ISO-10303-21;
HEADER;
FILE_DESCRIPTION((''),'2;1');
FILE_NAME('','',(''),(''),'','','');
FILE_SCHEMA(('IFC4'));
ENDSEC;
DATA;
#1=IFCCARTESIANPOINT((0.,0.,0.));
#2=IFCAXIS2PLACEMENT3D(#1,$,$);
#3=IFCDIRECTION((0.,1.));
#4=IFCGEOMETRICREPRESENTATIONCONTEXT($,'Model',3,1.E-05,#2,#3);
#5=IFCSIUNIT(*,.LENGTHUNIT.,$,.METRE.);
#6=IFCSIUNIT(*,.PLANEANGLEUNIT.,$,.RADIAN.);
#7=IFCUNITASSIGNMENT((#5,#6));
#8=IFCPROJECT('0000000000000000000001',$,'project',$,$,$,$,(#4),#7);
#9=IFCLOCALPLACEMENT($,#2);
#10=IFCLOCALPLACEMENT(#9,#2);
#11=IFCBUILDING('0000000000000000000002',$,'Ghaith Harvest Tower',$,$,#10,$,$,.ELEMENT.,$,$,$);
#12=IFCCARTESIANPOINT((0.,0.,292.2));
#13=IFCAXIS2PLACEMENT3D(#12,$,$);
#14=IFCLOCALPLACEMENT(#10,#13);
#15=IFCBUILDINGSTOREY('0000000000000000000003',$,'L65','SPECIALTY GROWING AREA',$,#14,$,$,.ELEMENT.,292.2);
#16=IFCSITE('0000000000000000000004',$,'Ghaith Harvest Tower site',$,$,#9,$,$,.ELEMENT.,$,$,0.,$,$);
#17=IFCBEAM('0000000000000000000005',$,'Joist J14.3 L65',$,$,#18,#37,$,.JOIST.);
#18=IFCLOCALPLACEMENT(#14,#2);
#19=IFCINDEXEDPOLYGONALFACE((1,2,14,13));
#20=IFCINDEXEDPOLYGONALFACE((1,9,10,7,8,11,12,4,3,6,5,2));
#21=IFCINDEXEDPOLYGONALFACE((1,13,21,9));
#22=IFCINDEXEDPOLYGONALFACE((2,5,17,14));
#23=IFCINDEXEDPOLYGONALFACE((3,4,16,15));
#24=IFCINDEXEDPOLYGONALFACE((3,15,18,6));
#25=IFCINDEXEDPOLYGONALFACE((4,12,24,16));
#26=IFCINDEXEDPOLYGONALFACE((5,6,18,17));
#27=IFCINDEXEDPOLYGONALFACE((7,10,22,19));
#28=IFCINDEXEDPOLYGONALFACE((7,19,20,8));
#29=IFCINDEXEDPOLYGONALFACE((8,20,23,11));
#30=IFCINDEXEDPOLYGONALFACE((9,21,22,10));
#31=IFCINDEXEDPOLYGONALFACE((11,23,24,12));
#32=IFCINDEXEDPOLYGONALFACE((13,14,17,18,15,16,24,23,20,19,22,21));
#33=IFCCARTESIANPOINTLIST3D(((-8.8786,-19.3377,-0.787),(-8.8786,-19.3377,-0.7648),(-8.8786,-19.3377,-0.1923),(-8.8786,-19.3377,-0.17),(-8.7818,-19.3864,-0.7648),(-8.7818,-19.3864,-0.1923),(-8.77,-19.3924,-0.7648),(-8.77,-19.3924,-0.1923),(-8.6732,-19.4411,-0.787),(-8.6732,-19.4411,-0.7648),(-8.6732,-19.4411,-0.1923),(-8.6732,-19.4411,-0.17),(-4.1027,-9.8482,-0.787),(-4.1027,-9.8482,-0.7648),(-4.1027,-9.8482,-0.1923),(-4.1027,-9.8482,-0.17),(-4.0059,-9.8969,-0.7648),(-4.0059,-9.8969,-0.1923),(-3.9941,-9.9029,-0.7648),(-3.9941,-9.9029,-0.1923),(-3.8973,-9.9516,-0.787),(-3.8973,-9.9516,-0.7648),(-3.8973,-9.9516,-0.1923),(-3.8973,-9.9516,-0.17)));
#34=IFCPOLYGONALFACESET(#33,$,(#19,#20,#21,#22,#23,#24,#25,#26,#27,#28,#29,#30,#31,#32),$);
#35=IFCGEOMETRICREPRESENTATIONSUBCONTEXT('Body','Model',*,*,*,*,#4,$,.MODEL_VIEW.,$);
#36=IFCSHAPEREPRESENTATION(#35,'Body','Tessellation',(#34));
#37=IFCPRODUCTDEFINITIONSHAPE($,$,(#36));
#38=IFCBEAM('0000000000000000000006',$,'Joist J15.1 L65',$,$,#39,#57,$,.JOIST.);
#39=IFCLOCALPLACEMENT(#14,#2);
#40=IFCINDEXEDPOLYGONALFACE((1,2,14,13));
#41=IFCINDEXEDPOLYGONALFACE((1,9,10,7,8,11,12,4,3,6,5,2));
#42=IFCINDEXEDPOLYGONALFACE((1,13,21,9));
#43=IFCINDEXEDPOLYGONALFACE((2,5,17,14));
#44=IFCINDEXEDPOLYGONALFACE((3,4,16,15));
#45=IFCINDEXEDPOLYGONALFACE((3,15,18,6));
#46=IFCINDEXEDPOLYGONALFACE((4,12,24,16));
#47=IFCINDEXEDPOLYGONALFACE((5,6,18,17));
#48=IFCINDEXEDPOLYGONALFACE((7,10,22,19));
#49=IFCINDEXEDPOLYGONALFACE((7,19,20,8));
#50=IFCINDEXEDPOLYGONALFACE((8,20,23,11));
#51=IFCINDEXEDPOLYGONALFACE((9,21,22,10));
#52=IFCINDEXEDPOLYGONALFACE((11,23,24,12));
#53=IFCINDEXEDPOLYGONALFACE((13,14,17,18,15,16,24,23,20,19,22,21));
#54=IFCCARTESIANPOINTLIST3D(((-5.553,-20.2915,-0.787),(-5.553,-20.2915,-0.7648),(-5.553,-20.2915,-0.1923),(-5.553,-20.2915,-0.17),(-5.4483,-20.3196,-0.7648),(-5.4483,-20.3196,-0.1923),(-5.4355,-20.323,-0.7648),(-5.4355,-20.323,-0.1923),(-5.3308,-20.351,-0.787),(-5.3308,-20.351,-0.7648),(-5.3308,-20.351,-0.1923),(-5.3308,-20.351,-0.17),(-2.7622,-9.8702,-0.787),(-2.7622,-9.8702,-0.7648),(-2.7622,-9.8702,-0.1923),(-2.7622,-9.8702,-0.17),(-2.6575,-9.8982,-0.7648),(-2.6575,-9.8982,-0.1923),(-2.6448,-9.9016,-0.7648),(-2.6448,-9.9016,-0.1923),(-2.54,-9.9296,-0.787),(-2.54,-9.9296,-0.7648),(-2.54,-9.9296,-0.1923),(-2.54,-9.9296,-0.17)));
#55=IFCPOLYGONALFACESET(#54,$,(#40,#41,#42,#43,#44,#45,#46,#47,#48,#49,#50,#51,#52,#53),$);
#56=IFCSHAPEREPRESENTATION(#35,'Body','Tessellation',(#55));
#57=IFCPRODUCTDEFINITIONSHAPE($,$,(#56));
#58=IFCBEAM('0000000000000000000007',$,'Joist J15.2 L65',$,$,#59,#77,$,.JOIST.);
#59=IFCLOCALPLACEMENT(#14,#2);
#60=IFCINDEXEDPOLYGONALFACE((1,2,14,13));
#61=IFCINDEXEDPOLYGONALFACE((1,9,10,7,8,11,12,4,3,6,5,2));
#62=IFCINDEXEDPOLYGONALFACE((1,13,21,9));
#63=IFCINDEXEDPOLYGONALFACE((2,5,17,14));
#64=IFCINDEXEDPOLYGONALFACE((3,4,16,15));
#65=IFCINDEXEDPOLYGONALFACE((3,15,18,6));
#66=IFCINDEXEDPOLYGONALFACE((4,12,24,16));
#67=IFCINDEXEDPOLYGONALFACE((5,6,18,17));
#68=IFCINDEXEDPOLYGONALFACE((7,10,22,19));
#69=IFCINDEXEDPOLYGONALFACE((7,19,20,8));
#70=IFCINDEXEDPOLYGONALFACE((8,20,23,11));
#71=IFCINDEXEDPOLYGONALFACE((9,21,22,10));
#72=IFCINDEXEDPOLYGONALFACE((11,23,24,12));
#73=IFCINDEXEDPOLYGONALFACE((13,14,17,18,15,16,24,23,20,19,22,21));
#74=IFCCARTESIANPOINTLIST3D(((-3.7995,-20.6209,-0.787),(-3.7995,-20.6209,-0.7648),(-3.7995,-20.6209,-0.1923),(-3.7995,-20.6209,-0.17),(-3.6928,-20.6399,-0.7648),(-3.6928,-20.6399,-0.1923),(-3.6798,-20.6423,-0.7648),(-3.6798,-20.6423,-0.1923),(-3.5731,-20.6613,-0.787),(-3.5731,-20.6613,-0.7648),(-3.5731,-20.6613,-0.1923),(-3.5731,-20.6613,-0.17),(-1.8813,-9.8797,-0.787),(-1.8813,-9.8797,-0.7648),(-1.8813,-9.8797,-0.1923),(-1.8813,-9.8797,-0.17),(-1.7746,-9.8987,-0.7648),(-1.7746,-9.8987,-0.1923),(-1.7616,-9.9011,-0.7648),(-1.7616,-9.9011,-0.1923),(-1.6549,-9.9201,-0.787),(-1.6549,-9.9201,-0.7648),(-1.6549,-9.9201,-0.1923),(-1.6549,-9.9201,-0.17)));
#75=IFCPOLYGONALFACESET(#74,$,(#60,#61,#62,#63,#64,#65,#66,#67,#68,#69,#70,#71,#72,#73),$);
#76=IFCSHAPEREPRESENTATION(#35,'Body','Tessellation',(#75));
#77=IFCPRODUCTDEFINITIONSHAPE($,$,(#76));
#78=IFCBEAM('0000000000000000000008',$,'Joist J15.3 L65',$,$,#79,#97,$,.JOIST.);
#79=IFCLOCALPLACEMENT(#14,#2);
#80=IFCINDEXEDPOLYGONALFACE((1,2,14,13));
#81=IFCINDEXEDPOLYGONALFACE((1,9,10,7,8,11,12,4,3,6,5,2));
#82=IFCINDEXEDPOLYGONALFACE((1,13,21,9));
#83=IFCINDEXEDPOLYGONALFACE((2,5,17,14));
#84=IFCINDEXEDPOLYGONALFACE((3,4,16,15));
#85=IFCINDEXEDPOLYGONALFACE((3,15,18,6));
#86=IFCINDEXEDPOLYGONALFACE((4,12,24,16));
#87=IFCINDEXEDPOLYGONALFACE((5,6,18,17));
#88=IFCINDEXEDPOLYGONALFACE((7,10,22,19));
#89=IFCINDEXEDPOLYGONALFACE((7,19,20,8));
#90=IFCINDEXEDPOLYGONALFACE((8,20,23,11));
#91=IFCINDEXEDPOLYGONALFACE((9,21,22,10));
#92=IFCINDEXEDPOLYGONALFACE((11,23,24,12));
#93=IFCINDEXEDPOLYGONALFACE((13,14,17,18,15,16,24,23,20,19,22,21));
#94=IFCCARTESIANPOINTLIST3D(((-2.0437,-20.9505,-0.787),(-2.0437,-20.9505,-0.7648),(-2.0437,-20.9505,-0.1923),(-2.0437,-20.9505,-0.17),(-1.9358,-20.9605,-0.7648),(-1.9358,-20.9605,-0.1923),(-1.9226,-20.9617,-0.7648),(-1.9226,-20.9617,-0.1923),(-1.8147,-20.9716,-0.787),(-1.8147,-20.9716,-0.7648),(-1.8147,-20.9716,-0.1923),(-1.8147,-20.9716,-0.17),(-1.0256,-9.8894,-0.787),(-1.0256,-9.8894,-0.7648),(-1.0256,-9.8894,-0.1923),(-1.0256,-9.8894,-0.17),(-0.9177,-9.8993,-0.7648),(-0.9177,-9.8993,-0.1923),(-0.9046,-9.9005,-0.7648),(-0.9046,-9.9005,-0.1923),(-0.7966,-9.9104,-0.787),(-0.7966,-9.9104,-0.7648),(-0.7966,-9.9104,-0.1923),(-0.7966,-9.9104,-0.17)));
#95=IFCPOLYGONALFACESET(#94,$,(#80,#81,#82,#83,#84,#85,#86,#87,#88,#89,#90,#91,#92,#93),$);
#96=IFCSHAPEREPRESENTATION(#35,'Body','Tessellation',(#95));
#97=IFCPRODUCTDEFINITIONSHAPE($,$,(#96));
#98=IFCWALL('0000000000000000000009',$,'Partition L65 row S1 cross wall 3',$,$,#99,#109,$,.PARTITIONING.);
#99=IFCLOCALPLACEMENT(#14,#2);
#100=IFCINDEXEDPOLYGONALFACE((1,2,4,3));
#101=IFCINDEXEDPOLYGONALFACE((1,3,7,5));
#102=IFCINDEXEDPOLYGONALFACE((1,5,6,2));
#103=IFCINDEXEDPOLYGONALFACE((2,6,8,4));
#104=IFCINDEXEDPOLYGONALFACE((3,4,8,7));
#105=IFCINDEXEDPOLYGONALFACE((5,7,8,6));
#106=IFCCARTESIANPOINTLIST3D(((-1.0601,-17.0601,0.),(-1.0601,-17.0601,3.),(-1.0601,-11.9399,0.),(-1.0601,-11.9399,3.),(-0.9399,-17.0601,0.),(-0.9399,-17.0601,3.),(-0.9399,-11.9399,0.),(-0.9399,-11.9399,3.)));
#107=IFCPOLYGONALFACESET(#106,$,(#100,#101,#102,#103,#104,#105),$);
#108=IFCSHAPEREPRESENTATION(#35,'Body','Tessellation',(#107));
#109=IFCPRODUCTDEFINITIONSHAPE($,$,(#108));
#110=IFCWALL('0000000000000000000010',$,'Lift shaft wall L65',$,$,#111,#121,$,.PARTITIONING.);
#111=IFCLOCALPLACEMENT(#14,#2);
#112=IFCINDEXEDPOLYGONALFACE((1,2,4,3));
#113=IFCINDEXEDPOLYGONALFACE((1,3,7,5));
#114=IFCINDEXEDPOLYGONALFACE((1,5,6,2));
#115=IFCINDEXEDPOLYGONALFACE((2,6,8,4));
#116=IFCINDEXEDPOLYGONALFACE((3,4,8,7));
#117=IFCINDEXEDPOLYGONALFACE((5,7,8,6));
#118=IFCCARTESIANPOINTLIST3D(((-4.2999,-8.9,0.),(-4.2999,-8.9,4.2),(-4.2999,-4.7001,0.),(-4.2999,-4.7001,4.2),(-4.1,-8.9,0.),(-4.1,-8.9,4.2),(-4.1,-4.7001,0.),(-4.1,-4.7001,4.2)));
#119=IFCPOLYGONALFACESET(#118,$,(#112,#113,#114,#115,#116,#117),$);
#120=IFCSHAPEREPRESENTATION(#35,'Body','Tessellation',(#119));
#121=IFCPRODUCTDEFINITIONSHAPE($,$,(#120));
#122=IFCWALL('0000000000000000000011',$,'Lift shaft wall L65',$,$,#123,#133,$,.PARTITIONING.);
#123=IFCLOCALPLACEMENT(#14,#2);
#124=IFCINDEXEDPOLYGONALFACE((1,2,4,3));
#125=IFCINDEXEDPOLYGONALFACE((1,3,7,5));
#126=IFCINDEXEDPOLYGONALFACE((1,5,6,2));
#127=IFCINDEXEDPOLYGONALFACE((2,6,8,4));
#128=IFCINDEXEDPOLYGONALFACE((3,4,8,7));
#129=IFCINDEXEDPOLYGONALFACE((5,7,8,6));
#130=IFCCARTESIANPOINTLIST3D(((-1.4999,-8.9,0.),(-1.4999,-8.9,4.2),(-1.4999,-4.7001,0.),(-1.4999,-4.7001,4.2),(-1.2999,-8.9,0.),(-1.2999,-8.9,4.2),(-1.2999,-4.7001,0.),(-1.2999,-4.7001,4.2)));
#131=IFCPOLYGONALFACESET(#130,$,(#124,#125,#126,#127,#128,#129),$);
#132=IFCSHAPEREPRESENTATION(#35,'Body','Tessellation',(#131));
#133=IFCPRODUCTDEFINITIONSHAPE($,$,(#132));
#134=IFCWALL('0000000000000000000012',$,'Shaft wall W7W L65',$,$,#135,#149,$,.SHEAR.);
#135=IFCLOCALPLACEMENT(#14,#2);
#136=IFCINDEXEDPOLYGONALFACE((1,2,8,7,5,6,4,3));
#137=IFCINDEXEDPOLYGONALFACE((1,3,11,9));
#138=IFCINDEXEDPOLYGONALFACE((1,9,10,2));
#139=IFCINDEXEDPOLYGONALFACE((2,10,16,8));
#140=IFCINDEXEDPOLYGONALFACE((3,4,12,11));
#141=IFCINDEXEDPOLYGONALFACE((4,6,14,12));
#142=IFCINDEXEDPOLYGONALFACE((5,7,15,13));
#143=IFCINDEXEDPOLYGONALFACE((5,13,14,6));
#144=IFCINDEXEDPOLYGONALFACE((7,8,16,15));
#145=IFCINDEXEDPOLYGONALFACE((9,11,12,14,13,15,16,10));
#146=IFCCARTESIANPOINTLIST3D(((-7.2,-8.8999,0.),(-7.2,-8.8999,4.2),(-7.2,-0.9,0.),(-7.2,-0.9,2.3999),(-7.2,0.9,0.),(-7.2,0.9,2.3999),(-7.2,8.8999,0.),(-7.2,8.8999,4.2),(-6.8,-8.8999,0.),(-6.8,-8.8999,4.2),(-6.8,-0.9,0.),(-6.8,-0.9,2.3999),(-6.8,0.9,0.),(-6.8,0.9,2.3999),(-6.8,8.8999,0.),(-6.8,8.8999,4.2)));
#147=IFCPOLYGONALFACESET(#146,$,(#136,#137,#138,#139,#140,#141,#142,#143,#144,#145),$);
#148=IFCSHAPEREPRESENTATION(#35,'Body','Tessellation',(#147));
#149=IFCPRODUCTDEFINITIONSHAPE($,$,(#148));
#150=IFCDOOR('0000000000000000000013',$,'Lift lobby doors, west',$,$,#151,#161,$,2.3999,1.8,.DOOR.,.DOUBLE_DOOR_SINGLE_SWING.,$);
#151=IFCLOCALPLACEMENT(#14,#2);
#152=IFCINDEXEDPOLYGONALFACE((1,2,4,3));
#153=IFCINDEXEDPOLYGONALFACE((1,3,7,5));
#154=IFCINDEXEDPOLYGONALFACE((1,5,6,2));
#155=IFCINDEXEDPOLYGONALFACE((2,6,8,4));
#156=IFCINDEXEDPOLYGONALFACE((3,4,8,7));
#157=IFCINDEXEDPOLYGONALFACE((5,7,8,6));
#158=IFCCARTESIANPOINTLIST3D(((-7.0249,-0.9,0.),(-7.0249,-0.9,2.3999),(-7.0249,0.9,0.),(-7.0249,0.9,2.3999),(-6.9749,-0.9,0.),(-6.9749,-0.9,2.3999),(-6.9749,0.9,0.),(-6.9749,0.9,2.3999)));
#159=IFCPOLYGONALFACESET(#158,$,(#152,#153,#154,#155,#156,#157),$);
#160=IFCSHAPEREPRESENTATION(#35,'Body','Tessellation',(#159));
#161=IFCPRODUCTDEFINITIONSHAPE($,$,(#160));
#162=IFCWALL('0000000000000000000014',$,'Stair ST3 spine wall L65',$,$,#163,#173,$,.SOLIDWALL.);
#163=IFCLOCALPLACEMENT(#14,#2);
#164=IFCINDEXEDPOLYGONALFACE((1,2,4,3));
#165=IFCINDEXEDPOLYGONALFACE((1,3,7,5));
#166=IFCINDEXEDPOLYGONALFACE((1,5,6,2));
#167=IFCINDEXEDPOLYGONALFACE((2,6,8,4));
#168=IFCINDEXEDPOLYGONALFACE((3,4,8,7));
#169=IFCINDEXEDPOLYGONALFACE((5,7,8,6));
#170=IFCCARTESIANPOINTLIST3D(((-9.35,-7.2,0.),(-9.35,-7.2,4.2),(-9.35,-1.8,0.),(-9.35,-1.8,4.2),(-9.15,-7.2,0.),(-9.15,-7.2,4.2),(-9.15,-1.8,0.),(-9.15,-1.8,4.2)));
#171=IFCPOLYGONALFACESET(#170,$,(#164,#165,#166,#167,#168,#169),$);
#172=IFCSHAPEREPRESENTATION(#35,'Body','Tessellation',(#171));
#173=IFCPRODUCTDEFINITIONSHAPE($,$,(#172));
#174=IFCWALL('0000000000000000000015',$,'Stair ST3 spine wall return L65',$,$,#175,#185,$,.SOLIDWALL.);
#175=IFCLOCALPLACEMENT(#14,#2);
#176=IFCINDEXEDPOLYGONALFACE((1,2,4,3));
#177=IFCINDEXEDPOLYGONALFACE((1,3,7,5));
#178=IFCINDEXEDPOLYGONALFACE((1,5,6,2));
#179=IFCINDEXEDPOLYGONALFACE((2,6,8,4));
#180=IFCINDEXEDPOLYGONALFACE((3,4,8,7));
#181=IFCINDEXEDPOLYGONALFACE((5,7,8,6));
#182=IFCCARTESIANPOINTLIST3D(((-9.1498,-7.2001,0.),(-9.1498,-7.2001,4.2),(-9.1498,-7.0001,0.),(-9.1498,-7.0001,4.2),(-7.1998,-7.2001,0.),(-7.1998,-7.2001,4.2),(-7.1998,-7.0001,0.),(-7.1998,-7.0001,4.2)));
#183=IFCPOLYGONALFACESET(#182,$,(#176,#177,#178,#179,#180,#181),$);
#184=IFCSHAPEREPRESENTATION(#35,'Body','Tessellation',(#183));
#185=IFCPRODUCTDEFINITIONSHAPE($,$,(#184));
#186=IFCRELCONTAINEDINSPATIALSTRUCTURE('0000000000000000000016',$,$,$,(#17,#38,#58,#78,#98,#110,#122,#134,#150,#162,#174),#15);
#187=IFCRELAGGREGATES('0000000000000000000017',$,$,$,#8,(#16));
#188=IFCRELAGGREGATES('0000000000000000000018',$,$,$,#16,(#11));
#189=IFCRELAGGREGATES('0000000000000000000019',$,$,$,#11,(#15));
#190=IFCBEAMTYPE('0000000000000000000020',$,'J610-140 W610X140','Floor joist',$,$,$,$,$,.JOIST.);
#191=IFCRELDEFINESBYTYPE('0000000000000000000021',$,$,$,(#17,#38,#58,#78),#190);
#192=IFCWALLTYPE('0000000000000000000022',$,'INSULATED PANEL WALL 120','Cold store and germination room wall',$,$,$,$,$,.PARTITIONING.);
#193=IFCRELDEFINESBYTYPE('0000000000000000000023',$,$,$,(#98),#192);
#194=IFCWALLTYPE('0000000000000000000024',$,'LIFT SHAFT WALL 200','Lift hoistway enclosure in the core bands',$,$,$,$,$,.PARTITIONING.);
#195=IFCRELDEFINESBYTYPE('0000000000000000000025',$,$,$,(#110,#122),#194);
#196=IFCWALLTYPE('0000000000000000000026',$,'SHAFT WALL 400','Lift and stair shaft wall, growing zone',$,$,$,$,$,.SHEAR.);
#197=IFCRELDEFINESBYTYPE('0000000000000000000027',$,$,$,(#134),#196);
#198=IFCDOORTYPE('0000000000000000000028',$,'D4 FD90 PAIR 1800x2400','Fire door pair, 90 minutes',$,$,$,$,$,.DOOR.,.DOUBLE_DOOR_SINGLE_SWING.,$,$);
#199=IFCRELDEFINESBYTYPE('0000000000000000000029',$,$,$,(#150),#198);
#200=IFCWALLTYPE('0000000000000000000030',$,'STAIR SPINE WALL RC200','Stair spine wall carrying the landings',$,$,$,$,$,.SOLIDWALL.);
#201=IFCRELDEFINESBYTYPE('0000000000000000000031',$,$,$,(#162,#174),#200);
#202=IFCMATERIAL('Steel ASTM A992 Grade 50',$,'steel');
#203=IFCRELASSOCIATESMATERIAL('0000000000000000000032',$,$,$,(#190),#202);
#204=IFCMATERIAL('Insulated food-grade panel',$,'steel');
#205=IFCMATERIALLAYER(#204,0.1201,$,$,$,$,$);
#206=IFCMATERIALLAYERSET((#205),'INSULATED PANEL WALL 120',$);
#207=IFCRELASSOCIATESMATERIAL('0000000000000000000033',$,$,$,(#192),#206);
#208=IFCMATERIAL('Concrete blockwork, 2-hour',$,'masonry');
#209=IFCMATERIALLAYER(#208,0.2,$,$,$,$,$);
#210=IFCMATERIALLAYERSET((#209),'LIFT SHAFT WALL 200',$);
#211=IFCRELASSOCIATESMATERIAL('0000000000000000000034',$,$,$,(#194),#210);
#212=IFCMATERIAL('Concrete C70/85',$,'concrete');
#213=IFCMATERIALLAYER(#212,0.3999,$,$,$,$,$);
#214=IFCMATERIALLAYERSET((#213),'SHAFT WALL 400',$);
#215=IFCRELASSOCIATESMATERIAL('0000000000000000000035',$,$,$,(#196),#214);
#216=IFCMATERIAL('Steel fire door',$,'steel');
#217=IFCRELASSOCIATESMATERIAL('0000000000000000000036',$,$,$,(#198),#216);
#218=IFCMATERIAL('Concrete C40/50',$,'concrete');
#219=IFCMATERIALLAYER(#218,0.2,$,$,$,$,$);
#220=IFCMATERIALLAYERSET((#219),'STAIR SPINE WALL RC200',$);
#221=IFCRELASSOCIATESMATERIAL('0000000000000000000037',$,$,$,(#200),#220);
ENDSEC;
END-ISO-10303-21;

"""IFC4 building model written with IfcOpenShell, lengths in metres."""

from ifc_helpers import new_model, si_unit, direction, frame, frame_2d, origin, origin_2d, place, context, subcontext, project, spatial, rectangle, i_section, extrude, material, layer, layer_set, material_profile, profile_set, type_object, element, fill, save


model = new_model("IFC4")

# Units and contexts
model_context = context("Model", 3, precision=1e-05, world=origin(), true_north=direction((0.0, 1.0)))
body_context = subcontext(model_context, "Body", "Model", "MODEL_VIEW")
ifc_project = project(units=[si_unit("LENGTHUNIT", "METRE"), si_unit("PLANEANGLEUNIT", "RADIAN")], contexts=[model_context])

# Site, building, storey
site_placement = place(None, origin())
site = spatial("IfcSite", under=ifc_project, at=site_placement, Name="Ghaith Harvest Tower site", CompositionType="ELEMENT", RefElevation=0.0)
building_placement = place(site_placement, origin())
building = spatial("IfcBuilding", under=site, at=building_placement, Name="Ghaith Harvest Tower", CompositionType="ELEMENT")
storey_placement = place(building_placement, frame((0.0, 0.0, 292.2)))
storey = spatial("IfcBuildingStorey", under=building, at=storey_placement, Name="L65", Description="SPECIALTY GROWING AREA", CompositionType="ELEMENT", Elevation=292.2)

# Beams
ifc_material_1 = material(Name="Steel ASTM A992 Grade 50", Category="steel")
ifc_material_profile_1 = material_profile(ifc_material_1, i_section(OverallWidth=0.23, OverallDepth=0.6169, WebThickness=0.0132, FlangeThickness=0.0222, at=origin_2d()), Name="W610X140")
ifc_profile_set_1 = profile_set([ifc_material_profile_1], Name="Steel ASTM A992 Grade 50")
beam_type_1 = type_object("IfcBeamType", Name="J610-140 W610X140", Description="Floor joist", PredefinedType="JOIST", material=ifc_profile_set_1)
beam_1_placement = place(storey_placement, frame((-4.0, -9.8999, -0.4785), z_axis=(-0.449556, -0.893252, 0.0), x_axis=(0.893252, -0.449556, 0.0)))
element("IfcBeam", 1, at=beam_1_placement, inside=storey, type_object=beam_type_1, Name="Joist J14.3 L65", PredefinedType="JOIST", context=body_context, shape_type="SweptSolid", body=[
    extrude(i_section(OverallWidth=0.23, OverallDepth=0.6169, WebThickness=0.0132, FlangeThickness=0.0222, at=origin_2d()), origin(), (0.0, 0.0, 1.0), 10.6235),
])
beam_2_placement = place(storey_placement, frame((-2.6511, -9.8999, -0.4785), z_axis=(-0.258678, -0.965964, 0.0), x_axis=(0.965964, -0.258678, 0.0)))
element("IfcBeam", 2, at=beam_2_placement, inside=storey, type_object=beam_type_1, Name="Joist J15.1 L65", PredefinedType="JOIST", context=body_context, shape_type="SweptSolid", body=[
    extrude(i_section(OverallWidth=0.23, OverallDepth=0.6169, WebThickness=0.0132, FlangeThickness=0.0222, at=origin_2d()), origin(), (0.0, 0.0, 1.0), 10.7886),
])
beam_3_placement = place(storey_placement, frame((-1.7681, -9.8999, -0.4785), z_axis=(-0.175803, -0.984425, 0.0), x_axis=(0.984425, -0.175803, 0.0)))
element("IfcBeam", 3, at=beam_3_placement, inside=storey, type_object=beam_type_1, Name="Joist J15.2 L65", PredefinedType="JOIST", context=body_context, shape_type="SweptSolid", body=[
    extrude(i_section(OverallWidth=0.23, OverallDepth=0.6169, WebThickness=0.0132, FlangeThickness=0.0222, at=origin_2d()), origin(), (0.0, 0.0, 1.0), 10.9111),
])
beam_4_placement = place(storey_placement, frame((-0.9111, -9.8999, -0.4785), z_axis=(-0.091651, -0.995791, 0.0), x_axis=(0.995791, -0.091651, 0.0)))
element("IfcBeam", 4, at=beam_4_placement, inside=storey, type_object=beam_type_1, Name="Joist J15.3 L65", PredefinedType="JOIST", context=body_context, shape_type="SweptSolid", body=[
    extrude(i_section(OverallWidth=0.23, OverallDepth=0.6169, WebThickness=0.0132, FlangeThickness=0.0222, at=origin_2d()), origin(), (0.0, 0.0, 1.0), 11.1079),
])

# Walls
ifc_material_2 = material(Name="Insulated food-grade panel", Category="steel")
ifc_layer_1 = layer(ifc_material_2, 0.1201)
ifc_layer_set_1 = layer_set([ifc_layer_1], Name="INSULATED PANEL WALL 120")
wall_type_1 = type_object("IfcWallType", Name="INSULATED PANEL WALL 120", Description="Cold store and germination room wall", PredefinedType="PARTITIONING", material=ifc_layer_set_1)
wall_1_placement = place(storey_placement, frame((-1.0, -11.9399, 0.0), z_axis=(0.0, 0.0, 1.0), x_axis=(0.0, -1.0, 0.0)))
element("IfcWall", 5, at=wall_1_placement, inside=storey, type_object=wall_type_1, Name="Partition L65 row S1 cross wall 3", PredefinedType="PARTITIONING", context=body_context, shape_type="SweptSolid", body=[
    extrude(rectangle(XDim=5.1201, YDim=0.1201, at=frame_2d((2.5601, 0.0))), origin(), (0.0, 0.0, 1.0), 3.0),
])
ifc_material_3 = material(Name="Concrete blockwork, 2-hour", Category="masonry")
ifc_layer_2 = layer(ifc_material_3, 0.2)
ifc_layer_set_2 = layer_set([ifc_layer_2], Name="LIFT SHAFT WALL 200")
wall_type_2 = type_object("IfcWallType", Name="LIFT SHAFT WALL 200", Description="Lift hoistway enclosure in the core bands", PredefinedType="PARTITIONING", material=ifc_layer_set_2)
for number, where, z_axis, x_axis, name in (
    (6, (-4.2, -4.7, 0.0), (0.0, 0.0, 1.0), (0.0, -1.0, 0.0), "Lift shaft wall L65"),
    (7, (-1.3999, -4.7, 0.0), (0.0, 0.0, 1.0), (0.0, -1.0, 0.0), "Lift shaft wall L65"),
):
    element("IfcWall", number, at=place(storey_placement, frame(where, z_axis=z_axis, x_axis=x_axis)), inside=storey, type_object=wall_type_2, Name=name, PredefinedType="PARTITIONING", context=body_context, shape_type="SweptSolid", body=[
        extrude(rectangle(XDim=4.2, YDim=0.2, at=frame_2d((2.1001, 0.0))), origin(), (0.0, 0.0, 1.0), 4.2),
    ])

# Wall, opening, door
ifc_material_4 = material(Name="Concrete C70/85", Category="concrete")
ifc_layer_3 = layer(ifc_material_4, 0.3999)
ifc_layer_set_3 = layer_set([ifc_layer_3], Name="SHAFT WALL 400")
wall_type_3 = type_object("IfcWallType", Name="SHAFT WALL 400", Description="Lift and stair shaft wall, growing zone", PredefinedType="SHEAR", material=ifc_layer_set_3)
wall_2_placement = place(storey_placement, frame((-7.0, -8.8999, 0.0), z_axis=(0.0, 0.0, 1.0), x_axis=(0.0, 1.0, 0.0)))
wall_2 = element("IfcWall", 8, at=wall_2_placement, inside=storey, type_object=wall_type_3, Name="Shaft wall W7W L65", PredefinedType="SHEAR", context=body_context, shape_type="SweptSolid", body=[
    extrude(rectangle(XDim=17.7998, YDim=0.3999, at=frame_2d((8.8999, 0.0))), origin(), (0.0, 0.0, 1.0), 4.2),
])
opening_1_placement = place(wall_2_placement, frame((8.0, 0.0, 0.0)))
opening_1 = element("IfcOpeningElement", 9, at=opening_1_placement, cuts=wall_2, PredefinedType="OPENING", context=body_context, shape_type="SweptSolid", body=[
    extrude(rectangle(XDim=1.8, YDim=2.3999, at=frame_2d((0.8999, 1.2))), frame((0.0, 0.21, 0.0), z_axis=(0.0, -1.0, 0.0), x_axis=(1.0, 0.0, 0.0)), (0.0, 0.0, 1.0), 0.4199),
])
ifc_material_5 = material(Name="Steel fire door", Category="steel")
door_type_1 = type_object("IfcDoorType", Name="D4 FD90 PAIR 1800x2400", Description="Fire door pair, 90 minutes", OperationType="DOUBLE_DOOR_SINGLE_SWING", PredefinedType="DOOR", material=ifc_material_5)
door_1_placement = place(opening_1_placement, origin())
door_1 = element("IfcDoor", 10, at=door_1_placement, inside=storey, type_object=door_type_1, Name="Lift lobby doors, west", OperationType="DOUBLE_DOOR_SINGLE_SWING", OverallHeight=2.3999, OverallWidth=1.8, PredefinedType="DOOR", context=body_context, shape_type="SweptSolid", body=[
    extrude(rectangle(XDim=1.8, YDim=2.3999, at=frame_2d((0.8999, 1.2))), frame((0.0, 0.0249, 0.0), z_axis=(0.0, -1.0, 0.0), x_axis=(1.0, 0.0, 0.0)), (0.0, 0.0, 1.0), 0.05),
])
fill(opening_1, door_1)

# Walls
ifc_material_6 = material(Name="Concrete C40/50", Category="concrete")
ifc_layer_4 = layer(ifc_material_6, 0.2)
ifc_layer_set_4 = layer_set([ifc_layer_4], Name="STAIR SPINE WALL RC200")
wall_type_4 = type_object("IfcWallType", Name="STAIR SPINE WALL RC200", Description="Stair spine wall carrying the landings", PredefinedType="SOLIDWALL", material=ifc_layer_set_4)
wall_3_placement = place(storey_placement, frame((-9.25, -7.2, 0.0), z_axis=(0.0, 0.0, 1.0), x_axis=(0.0, 1.0, 0.0)))
element("IfcWall", 11, at=wall_3_placement, inside=storey, type_object=wall_type_4, Name="Stair ST3 spine wall L65", PredefinedType="SOLIDWALL", context=body_context, shape_type="SweptSolid", body=[
    extrude(rectangle(XDim=5.3999, YDim=0.2, at=frame_2d((2.7, 0.0))), origin(), (0.0, 0.0, 1.0), 4.2),
])
wall_4_placement = place(storey_placement, frame((-9.1499, -7.1001, 0.0), z_axis=(0.0, 0.0, 1.0), x_axis=(1.0, 0.0, 0.0)))
element("IfcWall", 12, at=wall_4_placement, inside=storey, type_object=wall_type_4, Name="Stair ST3 spine wall return L65", PredefinedType="SOLIDWALL", context=body_context, shape_type="SweptSolid", body=[
    extrude(rectangle(XDim=1.95, YDim=0.2, at=frame_2d((0.9751, 0.0))), origin(), (0.0, 0.0, 1.0), 4.2),
])

save(model, "model.ifc")
